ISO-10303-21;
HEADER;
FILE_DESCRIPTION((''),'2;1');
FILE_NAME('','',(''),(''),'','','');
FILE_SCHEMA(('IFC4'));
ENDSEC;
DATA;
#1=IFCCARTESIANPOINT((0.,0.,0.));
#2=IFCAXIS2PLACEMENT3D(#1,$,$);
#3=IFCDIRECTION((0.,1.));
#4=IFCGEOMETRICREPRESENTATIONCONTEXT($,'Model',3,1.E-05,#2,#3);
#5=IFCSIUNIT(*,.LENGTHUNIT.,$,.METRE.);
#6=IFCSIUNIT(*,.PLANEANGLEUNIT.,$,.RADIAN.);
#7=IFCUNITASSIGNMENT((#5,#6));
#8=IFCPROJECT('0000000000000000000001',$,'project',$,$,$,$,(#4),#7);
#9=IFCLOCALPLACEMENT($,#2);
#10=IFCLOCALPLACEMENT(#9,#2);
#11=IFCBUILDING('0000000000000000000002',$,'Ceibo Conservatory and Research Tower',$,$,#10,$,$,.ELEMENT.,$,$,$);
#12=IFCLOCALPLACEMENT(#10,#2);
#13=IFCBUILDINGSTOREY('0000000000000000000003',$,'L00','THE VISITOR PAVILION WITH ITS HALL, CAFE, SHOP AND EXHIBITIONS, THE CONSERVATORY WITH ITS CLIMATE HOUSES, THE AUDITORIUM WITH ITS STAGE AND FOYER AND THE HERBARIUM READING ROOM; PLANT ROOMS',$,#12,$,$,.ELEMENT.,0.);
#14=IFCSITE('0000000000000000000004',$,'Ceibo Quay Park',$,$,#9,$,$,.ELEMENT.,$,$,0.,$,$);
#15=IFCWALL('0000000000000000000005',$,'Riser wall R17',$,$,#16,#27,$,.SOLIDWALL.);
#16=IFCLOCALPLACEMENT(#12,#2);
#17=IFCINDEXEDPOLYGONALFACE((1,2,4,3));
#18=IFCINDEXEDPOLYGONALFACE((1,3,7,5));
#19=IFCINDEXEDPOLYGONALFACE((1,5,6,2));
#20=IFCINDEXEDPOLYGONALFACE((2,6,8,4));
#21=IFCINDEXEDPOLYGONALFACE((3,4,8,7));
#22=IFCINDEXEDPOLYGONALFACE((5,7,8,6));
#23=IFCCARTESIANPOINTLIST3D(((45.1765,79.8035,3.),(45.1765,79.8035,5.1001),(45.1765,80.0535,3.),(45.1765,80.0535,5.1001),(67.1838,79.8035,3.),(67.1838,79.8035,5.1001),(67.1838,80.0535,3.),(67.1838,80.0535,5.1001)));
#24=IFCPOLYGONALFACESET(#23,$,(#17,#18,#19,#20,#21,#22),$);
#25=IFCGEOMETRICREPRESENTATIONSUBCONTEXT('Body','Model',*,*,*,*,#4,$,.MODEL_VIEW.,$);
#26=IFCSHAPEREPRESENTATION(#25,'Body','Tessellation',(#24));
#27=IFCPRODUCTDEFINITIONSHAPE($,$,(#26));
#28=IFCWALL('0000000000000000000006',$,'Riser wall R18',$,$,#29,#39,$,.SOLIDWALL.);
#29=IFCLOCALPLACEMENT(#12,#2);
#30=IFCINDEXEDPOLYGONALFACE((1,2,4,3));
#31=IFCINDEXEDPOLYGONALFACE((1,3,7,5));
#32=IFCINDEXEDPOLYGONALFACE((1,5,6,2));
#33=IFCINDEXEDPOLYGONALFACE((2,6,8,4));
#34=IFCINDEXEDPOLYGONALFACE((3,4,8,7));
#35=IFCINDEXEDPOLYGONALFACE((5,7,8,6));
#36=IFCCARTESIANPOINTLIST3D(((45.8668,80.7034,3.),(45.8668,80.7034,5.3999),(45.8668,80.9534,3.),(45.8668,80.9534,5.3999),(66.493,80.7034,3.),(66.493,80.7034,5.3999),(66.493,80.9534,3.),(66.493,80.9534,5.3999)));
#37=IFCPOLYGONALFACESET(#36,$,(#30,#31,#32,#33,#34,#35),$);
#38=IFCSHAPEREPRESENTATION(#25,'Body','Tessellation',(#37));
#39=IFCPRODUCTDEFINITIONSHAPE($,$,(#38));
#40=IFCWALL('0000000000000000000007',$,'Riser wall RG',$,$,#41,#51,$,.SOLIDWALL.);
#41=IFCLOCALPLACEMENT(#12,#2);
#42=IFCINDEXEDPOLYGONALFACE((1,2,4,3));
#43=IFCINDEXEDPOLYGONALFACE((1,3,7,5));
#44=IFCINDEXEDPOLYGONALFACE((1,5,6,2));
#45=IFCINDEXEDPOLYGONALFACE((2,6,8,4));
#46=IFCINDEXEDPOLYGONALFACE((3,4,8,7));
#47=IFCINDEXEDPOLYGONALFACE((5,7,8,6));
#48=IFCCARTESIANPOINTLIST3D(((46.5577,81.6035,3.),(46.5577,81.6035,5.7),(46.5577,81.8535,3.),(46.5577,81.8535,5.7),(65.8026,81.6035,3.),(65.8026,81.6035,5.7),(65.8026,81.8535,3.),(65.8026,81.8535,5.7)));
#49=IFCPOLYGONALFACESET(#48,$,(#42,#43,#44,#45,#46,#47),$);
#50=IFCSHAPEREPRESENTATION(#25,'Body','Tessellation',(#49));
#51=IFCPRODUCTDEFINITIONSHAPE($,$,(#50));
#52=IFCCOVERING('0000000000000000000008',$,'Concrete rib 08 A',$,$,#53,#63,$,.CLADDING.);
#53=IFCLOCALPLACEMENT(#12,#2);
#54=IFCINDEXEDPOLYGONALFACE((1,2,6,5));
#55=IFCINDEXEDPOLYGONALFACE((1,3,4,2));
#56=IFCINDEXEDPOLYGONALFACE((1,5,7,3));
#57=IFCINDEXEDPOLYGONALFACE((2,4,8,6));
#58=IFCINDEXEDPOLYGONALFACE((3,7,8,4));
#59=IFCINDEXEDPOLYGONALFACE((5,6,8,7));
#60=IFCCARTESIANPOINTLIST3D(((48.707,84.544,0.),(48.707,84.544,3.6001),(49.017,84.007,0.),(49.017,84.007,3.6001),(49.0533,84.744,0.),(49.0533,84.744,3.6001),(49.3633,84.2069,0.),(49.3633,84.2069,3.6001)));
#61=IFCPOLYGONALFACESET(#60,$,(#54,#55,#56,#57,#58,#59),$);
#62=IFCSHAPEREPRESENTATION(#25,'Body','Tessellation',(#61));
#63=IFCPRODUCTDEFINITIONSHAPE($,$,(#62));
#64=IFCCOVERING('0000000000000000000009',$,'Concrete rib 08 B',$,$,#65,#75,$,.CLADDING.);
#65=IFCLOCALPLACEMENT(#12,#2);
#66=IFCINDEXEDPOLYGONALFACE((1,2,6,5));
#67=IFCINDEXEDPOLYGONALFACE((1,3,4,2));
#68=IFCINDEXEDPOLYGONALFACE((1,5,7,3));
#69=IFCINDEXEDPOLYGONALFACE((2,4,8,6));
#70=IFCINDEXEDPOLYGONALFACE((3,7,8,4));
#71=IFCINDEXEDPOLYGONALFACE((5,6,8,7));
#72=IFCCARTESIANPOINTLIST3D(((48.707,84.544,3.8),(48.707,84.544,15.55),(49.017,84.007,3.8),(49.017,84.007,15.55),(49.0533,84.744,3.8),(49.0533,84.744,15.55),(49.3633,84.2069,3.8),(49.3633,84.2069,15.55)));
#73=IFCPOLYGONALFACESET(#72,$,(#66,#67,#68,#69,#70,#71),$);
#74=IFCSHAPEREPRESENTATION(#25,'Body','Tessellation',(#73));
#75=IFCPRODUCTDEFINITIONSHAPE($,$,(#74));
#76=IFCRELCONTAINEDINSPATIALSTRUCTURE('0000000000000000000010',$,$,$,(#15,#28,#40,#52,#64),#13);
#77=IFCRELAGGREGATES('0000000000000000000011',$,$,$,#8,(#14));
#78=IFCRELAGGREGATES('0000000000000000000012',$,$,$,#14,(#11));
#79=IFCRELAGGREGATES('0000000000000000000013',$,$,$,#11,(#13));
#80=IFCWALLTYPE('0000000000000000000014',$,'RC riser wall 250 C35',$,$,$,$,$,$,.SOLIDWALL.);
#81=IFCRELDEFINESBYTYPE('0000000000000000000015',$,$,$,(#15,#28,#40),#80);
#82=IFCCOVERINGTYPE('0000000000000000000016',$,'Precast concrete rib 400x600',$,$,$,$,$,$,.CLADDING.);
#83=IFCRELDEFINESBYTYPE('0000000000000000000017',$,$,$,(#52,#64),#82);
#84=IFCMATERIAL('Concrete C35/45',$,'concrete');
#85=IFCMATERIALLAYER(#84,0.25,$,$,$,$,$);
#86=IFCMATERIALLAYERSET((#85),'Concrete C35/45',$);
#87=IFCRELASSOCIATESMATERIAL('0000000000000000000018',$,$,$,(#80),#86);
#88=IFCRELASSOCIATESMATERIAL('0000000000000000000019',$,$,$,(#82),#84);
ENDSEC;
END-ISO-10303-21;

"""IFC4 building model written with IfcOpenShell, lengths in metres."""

from ifc_helpers import new_model, si_unit, direction, frame, frame_2d, origin, origin_2d, place, context, subcontext, project, spatial, rectangle, extrude, material, layer, layer_set, type_object, element, save


model = new_model("IFC4")

# Units and contexts
model_context = context("Model", 3, precision=1e-05, world=origin(), true_north=direction((0.0, 1.0)))
body_context = subcontext(model_context, "Body", "Model", "MODEL_VIEW")
ifc_project = project(units=[si_unit("LENGTHUNIT", "METRE"), si_unit("PLANEANGLEUNIT", "RADIAN")], contexts=[model_context])

# Site, building, storey
site_placement = place(None, origin())
site = spatial("IfcSite", under=ifc_project, at=site_placement, Name="Ceibo Quay Park", CompositionType="ELEMENT", RefElevation=0.0)
building_placement = place(site_placement, origin())
building = spatial("IfcBuilding", under=site, at=building_placement, Name="Ceibo Conservatory and Research Tower", CompositionType="ELEMENT")
storey_placement = place(building_placement, origin())
storey = spatial("IfcBuildingStorey", under=building, at=storey_placement, Name="L00", Description="THE VISITOR PAVILION WITH ITS HALL, CAFE, SHOP AND EXHIBITIONS, THE CONSERVATORY WITH ITS CLIMATE HOUSES, THE AUDITORIUM WITH ITS STAGE AND FOYER AND THE HERBARIUM READING ROOM; PLANT ROOMS", CompositionType="ELEMENT", Elevation=0.0)

# Shared definitions
ifc_material_1 = material(Name="Concrete C35/45", Category="concrete")

# Walls
ifc_layer_1 = layer(ifc_material_1, 0.25)
ifc_layer_set_1 = layer_set([ifc_layer_1], Name="Concrete C35/45")
wall_type_1 = type_object("IfcWallType", Name="RC riser wall 250 C35", PredefinedType="SOLIDWALL", material=ifc_layer_set_1)
wall_1_placement = place(storey_placement, frame((45.1765, 79.9285, 3.0), z_axis=(0.0, 0.0, 1.0), x_axis=(1.0, 0.0, 0.0)))
element("IfcWall", 1, at=wall_1_placement, inside=storey, type_object=wall_type_1, Name="Riser wall R17", PredefinedType="SOLIDWALL", context=body_context, shape_type="SweptSolid", body=[
    extrude(rectangle(XDim=22.0073, YDim=0.25, at=frame_2d((11.0037, 0.0))), origin(), (0.0, 0.0, 1.0), 2.1001),
])
wall_2_placement = place(storey_placement, frame((45.8669, 80.8284, 3.0), z_axis=(0.0, 0.0, 1.0), x_axis=(1.0, 0.0, 0.0)))
element("IfcWall", 2, at=wall_2_placement, inside=storey, type_object=wall_type_1, Name="Riser wall R18", PredefinedType="SOLIDWALL", context=body_context, shape_type="SweptSolid", body=[
    extrude(rectangle(XDim=20.6262, YDim=0.25, at=frame_2d((10.313, 0.0))), origin(), (0.0, 0.0, 1.0), 2.3999),
])
wall_3_placement = place(storey_placement, frame((46.5576, 81.7285, 3.0), z_axis=(0.0, 0.0, 1.0), x_axis=(1.0, 0.0, 0.0)))
element("IfcWall", 3, at=wall_3_placement, inside=storey, type_object=wall_type_1, Name="Riser wall RG", PredefinedType="SOLIDWALL", context=body_context, shape_type="SweptSolid", body=[
    extrude(rectangle(XDim=19.2449, YDim=0.25, at=frame_2d((9.6226, 0.0))), origin(), (0.0, 0.0, 1.0), 2.7),
])

# Coverings
covering_type = type_object("IfcCoveringType", Name="Precast concrete rib 400x600", PredefinedType="CLADDING", material=ifc_material_1)
covering_1_placement = place(storey_placement, frame((49.0352, 84.3755, 0.0), z_axis=(0.0, 0.0, 1.0), x_axis=(-0.5, 0.866025, 0.0)))
element("IfcCovering", 4, at=covering_1_placement, inside=storey, type_object=covering_type, Name="Concrete rib 08 A", PredefinedType="CLADDING", context=body_context, shape_type="SweptSolid", body=[
    extrude(rectangle(XDim=0.6201, YDim=0.3999, at=origin_2d()), origin(), (0.0, 0.0, 1.0), 3.6001),
])
covering_2_placement = place(storey_placement, frame((49.0352, 84.3755, 3.8), z_axis=(0.0, 0.0, 1.0), x_axis=(-0.5, 0.866025, 0.0)))
element("IfcCovering", 5, at=covering_2_placement, inside=storey, type_object=covering_type, Name="Concrete rib 08 B", PredefinedType="CLADDING", context=body_context, shape_type="SweptSolid", body=[
    extrude(rectangle(XDim=0.6201, YDim=0.3999, at=origin_2d()), origin(), (0.0, 0.0, 1.0), 11.75),
])

save(model, "model.ifc")
